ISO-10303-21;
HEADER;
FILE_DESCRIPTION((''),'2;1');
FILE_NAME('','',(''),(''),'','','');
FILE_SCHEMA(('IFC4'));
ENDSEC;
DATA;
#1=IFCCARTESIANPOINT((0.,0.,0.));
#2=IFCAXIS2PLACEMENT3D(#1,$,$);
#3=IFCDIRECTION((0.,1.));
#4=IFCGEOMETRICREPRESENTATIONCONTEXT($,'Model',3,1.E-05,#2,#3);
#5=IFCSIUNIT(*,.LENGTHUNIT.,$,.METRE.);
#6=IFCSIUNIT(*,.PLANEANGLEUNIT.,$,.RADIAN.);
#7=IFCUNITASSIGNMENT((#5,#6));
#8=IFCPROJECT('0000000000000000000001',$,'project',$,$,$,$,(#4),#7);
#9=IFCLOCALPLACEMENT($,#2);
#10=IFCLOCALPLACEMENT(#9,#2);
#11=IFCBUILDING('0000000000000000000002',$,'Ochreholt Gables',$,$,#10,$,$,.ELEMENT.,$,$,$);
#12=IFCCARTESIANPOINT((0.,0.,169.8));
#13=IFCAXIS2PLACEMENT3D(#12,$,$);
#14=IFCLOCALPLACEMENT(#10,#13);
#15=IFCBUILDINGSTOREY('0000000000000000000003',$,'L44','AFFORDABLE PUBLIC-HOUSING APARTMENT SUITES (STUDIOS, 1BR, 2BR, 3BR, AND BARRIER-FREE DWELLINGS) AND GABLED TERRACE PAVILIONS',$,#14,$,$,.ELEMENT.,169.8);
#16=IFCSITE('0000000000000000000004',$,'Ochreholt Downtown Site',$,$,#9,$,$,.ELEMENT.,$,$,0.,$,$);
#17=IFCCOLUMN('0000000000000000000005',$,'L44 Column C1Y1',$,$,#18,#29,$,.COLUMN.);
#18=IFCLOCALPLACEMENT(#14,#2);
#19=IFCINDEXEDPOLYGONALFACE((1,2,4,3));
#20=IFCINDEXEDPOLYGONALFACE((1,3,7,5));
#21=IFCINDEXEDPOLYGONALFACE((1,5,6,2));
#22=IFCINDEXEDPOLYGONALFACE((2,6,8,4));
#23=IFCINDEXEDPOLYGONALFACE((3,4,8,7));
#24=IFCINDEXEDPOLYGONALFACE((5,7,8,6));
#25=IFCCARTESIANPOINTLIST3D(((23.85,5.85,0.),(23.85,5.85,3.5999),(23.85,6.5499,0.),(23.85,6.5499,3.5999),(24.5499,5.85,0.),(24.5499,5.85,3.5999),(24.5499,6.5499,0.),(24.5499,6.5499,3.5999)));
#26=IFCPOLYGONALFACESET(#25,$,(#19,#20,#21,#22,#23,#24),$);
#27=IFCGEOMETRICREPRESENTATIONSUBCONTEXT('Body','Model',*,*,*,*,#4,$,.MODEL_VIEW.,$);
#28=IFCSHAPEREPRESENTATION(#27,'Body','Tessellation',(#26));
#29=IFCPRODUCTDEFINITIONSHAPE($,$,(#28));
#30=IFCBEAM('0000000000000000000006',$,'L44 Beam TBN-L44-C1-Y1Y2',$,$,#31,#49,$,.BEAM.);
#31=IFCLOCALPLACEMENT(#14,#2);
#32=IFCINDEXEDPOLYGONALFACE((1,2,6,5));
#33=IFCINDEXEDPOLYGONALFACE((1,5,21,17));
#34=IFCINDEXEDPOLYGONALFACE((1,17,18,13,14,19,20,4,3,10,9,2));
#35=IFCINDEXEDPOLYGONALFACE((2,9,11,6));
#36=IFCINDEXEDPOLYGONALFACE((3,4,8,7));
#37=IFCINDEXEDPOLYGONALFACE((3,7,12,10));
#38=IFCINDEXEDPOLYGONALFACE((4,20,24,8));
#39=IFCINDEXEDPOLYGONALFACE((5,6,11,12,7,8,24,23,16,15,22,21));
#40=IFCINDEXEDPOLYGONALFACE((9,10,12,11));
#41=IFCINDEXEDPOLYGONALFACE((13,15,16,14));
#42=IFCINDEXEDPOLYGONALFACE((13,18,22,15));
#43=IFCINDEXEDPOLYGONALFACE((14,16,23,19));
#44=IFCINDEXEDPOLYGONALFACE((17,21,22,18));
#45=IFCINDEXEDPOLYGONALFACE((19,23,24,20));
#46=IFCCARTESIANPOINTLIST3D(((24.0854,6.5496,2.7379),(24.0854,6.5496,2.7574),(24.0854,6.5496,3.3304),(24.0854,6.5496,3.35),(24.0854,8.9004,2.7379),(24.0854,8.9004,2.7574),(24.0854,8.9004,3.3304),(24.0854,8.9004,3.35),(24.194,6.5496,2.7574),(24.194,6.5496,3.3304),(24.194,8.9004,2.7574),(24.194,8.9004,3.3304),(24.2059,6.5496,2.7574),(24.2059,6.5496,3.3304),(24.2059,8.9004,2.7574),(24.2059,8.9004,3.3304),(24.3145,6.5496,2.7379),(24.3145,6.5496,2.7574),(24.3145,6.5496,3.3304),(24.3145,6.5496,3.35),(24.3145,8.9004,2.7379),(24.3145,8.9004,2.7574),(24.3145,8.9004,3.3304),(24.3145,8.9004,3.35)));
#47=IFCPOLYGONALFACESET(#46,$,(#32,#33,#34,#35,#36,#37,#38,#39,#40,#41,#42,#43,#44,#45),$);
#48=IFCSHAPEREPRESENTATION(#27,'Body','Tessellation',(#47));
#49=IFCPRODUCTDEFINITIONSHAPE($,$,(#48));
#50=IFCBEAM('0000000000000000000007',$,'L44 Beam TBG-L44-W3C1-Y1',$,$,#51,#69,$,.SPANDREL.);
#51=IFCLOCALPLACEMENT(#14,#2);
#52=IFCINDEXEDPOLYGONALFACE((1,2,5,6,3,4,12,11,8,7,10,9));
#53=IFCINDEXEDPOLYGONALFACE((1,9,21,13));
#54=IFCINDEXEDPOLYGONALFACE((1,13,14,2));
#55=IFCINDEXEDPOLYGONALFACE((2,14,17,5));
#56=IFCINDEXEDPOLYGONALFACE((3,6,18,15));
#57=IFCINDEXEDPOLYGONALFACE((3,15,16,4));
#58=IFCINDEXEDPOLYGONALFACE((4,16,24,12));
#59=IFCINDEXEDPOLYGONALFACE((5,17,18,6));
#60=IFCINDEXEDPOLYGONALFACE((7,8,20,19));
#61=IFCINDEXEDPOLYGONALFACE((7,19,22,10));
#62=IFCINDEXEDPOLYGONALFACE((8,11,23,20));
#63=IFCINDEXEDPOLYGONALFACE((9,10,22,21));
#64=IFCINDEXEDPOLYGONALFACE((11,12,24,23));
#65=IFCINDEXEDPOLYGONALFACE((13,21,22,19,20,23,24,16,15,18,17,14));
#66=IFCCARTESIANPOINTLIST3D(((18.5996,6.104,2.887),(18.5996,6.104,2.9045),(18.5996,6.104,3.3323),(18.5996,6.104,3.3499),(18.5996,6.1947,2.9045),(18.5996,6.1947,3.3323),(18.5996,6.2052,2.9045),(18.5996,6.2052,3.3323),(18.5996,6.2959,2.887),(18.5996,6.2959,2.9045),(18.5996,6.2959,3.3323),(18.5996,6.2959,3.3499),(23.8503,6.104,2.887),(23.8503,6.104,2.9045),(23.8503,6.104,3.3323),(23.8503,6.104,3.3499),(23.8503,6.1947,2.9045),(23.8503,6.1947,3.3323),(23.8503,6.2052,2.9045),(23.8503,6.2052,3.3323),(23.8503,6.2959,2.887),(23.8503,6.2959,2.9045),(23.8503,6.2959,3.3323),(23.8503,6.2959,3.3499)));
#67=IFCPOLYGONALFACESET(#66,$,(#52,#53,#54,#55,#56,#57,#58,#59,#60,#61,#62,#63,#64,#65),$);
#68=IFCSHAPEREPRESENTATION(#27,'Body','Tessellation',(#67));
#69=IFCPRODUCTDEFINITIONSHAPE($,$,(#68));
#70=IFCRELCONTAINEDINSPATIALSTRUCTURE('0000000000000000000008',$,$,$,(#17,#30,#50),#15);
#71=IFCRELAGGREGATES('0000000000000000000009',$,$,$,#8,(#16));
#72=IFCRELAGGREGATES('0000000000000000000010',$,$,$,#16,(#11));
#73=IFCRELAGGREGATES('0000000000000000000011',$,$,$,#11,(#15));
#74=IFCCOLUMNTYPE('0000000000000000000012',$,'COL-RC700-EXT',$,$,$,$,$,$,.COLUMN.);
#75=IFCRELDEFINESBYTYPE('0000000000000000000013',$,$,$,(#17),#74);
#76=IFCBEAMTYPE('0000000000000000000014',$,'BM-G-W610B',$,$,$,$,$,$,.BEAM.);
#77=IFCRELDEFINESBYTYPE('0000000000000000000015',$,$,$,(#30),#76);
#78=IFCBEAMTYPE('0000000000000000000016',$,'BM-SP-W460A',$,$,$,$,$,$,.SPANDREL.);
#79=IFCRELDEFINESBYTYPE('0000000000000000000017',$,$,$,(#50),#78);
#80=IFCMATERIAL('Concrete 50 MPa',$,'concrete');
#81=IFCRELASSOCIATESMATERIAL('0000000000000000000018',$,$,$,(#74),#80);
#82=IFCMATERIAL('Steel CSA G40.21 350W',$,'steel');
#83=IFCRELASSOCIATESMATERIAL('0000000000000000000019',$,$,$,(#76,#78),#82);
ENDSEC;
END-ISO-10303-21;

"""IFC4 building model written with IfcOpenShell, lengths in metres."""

from ifc_helpers import new_model, si_unit, direction, frame, origin, origin_2d, place, context, subcontext, project, spatial, rectangle, i_section, extrude, material, material_profile, profile_set, type_object, element, save


model = new_model("IFC4")

# Units and contexts
model_context = context("Model", 3, precision=1e-05, world=origin(), true_north=direction((0.0, 1.0)))
body_context = subcontext(model_context, "Body", "Model", "MODEL_VIEW")
ifc_project = project(units=[si_unit("LENGTHUNIT", "METRE"), si_unit("PLANEANGLEUNIT", "RADIAN")], contexts=[model_context])

# Site, building, storey
site_placement = place(None, origin())
site = spatial("IfcSite", under=ifc_project, at=site_placement, Name="Ochreholt Downtown Site", CompositionType="ELEMENT", RefElevation=0.0)
building_placement = place(site_placement, origin())
building = spatial("IfcBuilding", under=site, at=building_placement, Name="Ochreholt Gables", CompositionType="ELEMENT")
storey_placement = place(building_placement, frame((0.0, 0.0, 169.8)))
storey = spatial("IfcBuildingStorey", under=building, at=storey_placement, Name="L44", Description="AFFORDABLE PUBLIC-HOUSING APARTMENT SUITES (STUDIOS, 1BR, 2BR, 3BR, AND BARRIER-FREE DWELLINGS) AND GABLED TERRACE PAVILIONS", CompositionType="ELEMENT", Elevation=169.8)

# Column
ifc_material_1 = material(Name="Concrete 50 MPa", Category="concrete")
ifc_material_profile_1 = material_profile(ifc_material_1, rectangle(XDim=0.7, YDim=0.7, at=origin_2d()), Name="RC700X700")
ifc_profile_set_1 = profile_set([ifc_material_profile_1], Name="Concrete 50 MPa")
column_type = type_object("IfcColumnType", Name="COL-RC700-EXT", PredefinedType="COLUMN", material=ifc_profile_set_1)
column_placement = place(storey_placement, frame((24.2, 6.2, 0.0), z_axis=(0.0, 0.0, 1.0), x_axis=(1.0, 0.0, 0.0)))
element("IfcColumn", 1, at=column_placement, inside=storey, type_object=column_type, Name="L44 Column C1Y1", PredefinedType="COLUMN", context=body_context, shape_type="SweptSolid", body=[
    extrude(rectangle(XDim=0.7, YDim=0.7, at=origin_2d()), origin(), (0.0, 0.0, 1.0), 3.5999),
])

# Beams
ifc_material_2 = material(Name="Steel CSA G40.21 350W", Category="steel")
ifc_material_profile_2 = material_profile(ifc_material_2, i_section(OverallWidth=0.229, OverallDepth=0.6121, WebThickness=0.012, FlangeThickness=0.0195, at=origin_2d()), Name="W610X125")
ifc_profile_set_2 = profile_set([ifc_material_profile_2], Name="Steel CSA G40.21 350W")
beam_type_1 = type_object("IfcBeamType", Name="BM-G-W610B", PredefinedType="BEAM", material=ifc_profile_set_2)
beam_1_placement = place(storey_placement, frame((24.2, 6.5496, 3.0439), z_axis=(0.0, 1.0, 0.0), x_axis=(-1.0, 0.0, 0.0)))
element("IfcBeam", 2, at=beam_1_placement, inside=storey, type_object=beam_type_1, Name="L44 Beam TBN-L44-C1-Y1Y2", PredefinedType="BEAM", context=body_context, shape_type="SweptSolid", body=[
    extrude(i_section(OverallWidth=0.229, OverallDepth=0.6121, WebThickness=0.012, FlangeThickness=0.0195, at=origin_2d()), origin(), (0.0, 0.0, 1.0), 2.3508),
])
ifc_material_profile_3 = material_profile(ifc_material_2, i_section(OverallWidth=0.1919, OverallDepth=0.4629, WebThickness=0.0105, FlangeThickness=0.0176, at=origin_2d()), Name="W460X89")
ifc_profile_set_3 = profile_set([ifc_material_profile_3], Name="Steel CSA G40.21 350W")
beam_type_2 = type_object("IfcBeamType", Name="BM-SP-W460A", PredefinedType="SPANDREL", material=ifc_profile_set_3)
beam_2_placement = place(storey_placement, frame((18.5996, 6.2, 3.1184), z_axis=(1.0, 0.0, 0.0), x_axis=(0.0, 1.0, 0.0)))
element("IfcBeam", 3, at=beam_2_placement, inside=storey, type_object=beam_type_2, Name="L44 Beam TBG-L44-W3C1-Y1", PredefinedType="SPANDREL", context=body_context, shape_type="SweptSolid", body=[
    extrude(i_section(OverallWidth=0.1919, OverallDepth=0.4629, WebThickness=0.0105, FlangeThickness=0.0176, at=origin_2d()), origin(), (0.0, 0.0, 1.0), 5.2507),
])

save(model, "model.ifc")
